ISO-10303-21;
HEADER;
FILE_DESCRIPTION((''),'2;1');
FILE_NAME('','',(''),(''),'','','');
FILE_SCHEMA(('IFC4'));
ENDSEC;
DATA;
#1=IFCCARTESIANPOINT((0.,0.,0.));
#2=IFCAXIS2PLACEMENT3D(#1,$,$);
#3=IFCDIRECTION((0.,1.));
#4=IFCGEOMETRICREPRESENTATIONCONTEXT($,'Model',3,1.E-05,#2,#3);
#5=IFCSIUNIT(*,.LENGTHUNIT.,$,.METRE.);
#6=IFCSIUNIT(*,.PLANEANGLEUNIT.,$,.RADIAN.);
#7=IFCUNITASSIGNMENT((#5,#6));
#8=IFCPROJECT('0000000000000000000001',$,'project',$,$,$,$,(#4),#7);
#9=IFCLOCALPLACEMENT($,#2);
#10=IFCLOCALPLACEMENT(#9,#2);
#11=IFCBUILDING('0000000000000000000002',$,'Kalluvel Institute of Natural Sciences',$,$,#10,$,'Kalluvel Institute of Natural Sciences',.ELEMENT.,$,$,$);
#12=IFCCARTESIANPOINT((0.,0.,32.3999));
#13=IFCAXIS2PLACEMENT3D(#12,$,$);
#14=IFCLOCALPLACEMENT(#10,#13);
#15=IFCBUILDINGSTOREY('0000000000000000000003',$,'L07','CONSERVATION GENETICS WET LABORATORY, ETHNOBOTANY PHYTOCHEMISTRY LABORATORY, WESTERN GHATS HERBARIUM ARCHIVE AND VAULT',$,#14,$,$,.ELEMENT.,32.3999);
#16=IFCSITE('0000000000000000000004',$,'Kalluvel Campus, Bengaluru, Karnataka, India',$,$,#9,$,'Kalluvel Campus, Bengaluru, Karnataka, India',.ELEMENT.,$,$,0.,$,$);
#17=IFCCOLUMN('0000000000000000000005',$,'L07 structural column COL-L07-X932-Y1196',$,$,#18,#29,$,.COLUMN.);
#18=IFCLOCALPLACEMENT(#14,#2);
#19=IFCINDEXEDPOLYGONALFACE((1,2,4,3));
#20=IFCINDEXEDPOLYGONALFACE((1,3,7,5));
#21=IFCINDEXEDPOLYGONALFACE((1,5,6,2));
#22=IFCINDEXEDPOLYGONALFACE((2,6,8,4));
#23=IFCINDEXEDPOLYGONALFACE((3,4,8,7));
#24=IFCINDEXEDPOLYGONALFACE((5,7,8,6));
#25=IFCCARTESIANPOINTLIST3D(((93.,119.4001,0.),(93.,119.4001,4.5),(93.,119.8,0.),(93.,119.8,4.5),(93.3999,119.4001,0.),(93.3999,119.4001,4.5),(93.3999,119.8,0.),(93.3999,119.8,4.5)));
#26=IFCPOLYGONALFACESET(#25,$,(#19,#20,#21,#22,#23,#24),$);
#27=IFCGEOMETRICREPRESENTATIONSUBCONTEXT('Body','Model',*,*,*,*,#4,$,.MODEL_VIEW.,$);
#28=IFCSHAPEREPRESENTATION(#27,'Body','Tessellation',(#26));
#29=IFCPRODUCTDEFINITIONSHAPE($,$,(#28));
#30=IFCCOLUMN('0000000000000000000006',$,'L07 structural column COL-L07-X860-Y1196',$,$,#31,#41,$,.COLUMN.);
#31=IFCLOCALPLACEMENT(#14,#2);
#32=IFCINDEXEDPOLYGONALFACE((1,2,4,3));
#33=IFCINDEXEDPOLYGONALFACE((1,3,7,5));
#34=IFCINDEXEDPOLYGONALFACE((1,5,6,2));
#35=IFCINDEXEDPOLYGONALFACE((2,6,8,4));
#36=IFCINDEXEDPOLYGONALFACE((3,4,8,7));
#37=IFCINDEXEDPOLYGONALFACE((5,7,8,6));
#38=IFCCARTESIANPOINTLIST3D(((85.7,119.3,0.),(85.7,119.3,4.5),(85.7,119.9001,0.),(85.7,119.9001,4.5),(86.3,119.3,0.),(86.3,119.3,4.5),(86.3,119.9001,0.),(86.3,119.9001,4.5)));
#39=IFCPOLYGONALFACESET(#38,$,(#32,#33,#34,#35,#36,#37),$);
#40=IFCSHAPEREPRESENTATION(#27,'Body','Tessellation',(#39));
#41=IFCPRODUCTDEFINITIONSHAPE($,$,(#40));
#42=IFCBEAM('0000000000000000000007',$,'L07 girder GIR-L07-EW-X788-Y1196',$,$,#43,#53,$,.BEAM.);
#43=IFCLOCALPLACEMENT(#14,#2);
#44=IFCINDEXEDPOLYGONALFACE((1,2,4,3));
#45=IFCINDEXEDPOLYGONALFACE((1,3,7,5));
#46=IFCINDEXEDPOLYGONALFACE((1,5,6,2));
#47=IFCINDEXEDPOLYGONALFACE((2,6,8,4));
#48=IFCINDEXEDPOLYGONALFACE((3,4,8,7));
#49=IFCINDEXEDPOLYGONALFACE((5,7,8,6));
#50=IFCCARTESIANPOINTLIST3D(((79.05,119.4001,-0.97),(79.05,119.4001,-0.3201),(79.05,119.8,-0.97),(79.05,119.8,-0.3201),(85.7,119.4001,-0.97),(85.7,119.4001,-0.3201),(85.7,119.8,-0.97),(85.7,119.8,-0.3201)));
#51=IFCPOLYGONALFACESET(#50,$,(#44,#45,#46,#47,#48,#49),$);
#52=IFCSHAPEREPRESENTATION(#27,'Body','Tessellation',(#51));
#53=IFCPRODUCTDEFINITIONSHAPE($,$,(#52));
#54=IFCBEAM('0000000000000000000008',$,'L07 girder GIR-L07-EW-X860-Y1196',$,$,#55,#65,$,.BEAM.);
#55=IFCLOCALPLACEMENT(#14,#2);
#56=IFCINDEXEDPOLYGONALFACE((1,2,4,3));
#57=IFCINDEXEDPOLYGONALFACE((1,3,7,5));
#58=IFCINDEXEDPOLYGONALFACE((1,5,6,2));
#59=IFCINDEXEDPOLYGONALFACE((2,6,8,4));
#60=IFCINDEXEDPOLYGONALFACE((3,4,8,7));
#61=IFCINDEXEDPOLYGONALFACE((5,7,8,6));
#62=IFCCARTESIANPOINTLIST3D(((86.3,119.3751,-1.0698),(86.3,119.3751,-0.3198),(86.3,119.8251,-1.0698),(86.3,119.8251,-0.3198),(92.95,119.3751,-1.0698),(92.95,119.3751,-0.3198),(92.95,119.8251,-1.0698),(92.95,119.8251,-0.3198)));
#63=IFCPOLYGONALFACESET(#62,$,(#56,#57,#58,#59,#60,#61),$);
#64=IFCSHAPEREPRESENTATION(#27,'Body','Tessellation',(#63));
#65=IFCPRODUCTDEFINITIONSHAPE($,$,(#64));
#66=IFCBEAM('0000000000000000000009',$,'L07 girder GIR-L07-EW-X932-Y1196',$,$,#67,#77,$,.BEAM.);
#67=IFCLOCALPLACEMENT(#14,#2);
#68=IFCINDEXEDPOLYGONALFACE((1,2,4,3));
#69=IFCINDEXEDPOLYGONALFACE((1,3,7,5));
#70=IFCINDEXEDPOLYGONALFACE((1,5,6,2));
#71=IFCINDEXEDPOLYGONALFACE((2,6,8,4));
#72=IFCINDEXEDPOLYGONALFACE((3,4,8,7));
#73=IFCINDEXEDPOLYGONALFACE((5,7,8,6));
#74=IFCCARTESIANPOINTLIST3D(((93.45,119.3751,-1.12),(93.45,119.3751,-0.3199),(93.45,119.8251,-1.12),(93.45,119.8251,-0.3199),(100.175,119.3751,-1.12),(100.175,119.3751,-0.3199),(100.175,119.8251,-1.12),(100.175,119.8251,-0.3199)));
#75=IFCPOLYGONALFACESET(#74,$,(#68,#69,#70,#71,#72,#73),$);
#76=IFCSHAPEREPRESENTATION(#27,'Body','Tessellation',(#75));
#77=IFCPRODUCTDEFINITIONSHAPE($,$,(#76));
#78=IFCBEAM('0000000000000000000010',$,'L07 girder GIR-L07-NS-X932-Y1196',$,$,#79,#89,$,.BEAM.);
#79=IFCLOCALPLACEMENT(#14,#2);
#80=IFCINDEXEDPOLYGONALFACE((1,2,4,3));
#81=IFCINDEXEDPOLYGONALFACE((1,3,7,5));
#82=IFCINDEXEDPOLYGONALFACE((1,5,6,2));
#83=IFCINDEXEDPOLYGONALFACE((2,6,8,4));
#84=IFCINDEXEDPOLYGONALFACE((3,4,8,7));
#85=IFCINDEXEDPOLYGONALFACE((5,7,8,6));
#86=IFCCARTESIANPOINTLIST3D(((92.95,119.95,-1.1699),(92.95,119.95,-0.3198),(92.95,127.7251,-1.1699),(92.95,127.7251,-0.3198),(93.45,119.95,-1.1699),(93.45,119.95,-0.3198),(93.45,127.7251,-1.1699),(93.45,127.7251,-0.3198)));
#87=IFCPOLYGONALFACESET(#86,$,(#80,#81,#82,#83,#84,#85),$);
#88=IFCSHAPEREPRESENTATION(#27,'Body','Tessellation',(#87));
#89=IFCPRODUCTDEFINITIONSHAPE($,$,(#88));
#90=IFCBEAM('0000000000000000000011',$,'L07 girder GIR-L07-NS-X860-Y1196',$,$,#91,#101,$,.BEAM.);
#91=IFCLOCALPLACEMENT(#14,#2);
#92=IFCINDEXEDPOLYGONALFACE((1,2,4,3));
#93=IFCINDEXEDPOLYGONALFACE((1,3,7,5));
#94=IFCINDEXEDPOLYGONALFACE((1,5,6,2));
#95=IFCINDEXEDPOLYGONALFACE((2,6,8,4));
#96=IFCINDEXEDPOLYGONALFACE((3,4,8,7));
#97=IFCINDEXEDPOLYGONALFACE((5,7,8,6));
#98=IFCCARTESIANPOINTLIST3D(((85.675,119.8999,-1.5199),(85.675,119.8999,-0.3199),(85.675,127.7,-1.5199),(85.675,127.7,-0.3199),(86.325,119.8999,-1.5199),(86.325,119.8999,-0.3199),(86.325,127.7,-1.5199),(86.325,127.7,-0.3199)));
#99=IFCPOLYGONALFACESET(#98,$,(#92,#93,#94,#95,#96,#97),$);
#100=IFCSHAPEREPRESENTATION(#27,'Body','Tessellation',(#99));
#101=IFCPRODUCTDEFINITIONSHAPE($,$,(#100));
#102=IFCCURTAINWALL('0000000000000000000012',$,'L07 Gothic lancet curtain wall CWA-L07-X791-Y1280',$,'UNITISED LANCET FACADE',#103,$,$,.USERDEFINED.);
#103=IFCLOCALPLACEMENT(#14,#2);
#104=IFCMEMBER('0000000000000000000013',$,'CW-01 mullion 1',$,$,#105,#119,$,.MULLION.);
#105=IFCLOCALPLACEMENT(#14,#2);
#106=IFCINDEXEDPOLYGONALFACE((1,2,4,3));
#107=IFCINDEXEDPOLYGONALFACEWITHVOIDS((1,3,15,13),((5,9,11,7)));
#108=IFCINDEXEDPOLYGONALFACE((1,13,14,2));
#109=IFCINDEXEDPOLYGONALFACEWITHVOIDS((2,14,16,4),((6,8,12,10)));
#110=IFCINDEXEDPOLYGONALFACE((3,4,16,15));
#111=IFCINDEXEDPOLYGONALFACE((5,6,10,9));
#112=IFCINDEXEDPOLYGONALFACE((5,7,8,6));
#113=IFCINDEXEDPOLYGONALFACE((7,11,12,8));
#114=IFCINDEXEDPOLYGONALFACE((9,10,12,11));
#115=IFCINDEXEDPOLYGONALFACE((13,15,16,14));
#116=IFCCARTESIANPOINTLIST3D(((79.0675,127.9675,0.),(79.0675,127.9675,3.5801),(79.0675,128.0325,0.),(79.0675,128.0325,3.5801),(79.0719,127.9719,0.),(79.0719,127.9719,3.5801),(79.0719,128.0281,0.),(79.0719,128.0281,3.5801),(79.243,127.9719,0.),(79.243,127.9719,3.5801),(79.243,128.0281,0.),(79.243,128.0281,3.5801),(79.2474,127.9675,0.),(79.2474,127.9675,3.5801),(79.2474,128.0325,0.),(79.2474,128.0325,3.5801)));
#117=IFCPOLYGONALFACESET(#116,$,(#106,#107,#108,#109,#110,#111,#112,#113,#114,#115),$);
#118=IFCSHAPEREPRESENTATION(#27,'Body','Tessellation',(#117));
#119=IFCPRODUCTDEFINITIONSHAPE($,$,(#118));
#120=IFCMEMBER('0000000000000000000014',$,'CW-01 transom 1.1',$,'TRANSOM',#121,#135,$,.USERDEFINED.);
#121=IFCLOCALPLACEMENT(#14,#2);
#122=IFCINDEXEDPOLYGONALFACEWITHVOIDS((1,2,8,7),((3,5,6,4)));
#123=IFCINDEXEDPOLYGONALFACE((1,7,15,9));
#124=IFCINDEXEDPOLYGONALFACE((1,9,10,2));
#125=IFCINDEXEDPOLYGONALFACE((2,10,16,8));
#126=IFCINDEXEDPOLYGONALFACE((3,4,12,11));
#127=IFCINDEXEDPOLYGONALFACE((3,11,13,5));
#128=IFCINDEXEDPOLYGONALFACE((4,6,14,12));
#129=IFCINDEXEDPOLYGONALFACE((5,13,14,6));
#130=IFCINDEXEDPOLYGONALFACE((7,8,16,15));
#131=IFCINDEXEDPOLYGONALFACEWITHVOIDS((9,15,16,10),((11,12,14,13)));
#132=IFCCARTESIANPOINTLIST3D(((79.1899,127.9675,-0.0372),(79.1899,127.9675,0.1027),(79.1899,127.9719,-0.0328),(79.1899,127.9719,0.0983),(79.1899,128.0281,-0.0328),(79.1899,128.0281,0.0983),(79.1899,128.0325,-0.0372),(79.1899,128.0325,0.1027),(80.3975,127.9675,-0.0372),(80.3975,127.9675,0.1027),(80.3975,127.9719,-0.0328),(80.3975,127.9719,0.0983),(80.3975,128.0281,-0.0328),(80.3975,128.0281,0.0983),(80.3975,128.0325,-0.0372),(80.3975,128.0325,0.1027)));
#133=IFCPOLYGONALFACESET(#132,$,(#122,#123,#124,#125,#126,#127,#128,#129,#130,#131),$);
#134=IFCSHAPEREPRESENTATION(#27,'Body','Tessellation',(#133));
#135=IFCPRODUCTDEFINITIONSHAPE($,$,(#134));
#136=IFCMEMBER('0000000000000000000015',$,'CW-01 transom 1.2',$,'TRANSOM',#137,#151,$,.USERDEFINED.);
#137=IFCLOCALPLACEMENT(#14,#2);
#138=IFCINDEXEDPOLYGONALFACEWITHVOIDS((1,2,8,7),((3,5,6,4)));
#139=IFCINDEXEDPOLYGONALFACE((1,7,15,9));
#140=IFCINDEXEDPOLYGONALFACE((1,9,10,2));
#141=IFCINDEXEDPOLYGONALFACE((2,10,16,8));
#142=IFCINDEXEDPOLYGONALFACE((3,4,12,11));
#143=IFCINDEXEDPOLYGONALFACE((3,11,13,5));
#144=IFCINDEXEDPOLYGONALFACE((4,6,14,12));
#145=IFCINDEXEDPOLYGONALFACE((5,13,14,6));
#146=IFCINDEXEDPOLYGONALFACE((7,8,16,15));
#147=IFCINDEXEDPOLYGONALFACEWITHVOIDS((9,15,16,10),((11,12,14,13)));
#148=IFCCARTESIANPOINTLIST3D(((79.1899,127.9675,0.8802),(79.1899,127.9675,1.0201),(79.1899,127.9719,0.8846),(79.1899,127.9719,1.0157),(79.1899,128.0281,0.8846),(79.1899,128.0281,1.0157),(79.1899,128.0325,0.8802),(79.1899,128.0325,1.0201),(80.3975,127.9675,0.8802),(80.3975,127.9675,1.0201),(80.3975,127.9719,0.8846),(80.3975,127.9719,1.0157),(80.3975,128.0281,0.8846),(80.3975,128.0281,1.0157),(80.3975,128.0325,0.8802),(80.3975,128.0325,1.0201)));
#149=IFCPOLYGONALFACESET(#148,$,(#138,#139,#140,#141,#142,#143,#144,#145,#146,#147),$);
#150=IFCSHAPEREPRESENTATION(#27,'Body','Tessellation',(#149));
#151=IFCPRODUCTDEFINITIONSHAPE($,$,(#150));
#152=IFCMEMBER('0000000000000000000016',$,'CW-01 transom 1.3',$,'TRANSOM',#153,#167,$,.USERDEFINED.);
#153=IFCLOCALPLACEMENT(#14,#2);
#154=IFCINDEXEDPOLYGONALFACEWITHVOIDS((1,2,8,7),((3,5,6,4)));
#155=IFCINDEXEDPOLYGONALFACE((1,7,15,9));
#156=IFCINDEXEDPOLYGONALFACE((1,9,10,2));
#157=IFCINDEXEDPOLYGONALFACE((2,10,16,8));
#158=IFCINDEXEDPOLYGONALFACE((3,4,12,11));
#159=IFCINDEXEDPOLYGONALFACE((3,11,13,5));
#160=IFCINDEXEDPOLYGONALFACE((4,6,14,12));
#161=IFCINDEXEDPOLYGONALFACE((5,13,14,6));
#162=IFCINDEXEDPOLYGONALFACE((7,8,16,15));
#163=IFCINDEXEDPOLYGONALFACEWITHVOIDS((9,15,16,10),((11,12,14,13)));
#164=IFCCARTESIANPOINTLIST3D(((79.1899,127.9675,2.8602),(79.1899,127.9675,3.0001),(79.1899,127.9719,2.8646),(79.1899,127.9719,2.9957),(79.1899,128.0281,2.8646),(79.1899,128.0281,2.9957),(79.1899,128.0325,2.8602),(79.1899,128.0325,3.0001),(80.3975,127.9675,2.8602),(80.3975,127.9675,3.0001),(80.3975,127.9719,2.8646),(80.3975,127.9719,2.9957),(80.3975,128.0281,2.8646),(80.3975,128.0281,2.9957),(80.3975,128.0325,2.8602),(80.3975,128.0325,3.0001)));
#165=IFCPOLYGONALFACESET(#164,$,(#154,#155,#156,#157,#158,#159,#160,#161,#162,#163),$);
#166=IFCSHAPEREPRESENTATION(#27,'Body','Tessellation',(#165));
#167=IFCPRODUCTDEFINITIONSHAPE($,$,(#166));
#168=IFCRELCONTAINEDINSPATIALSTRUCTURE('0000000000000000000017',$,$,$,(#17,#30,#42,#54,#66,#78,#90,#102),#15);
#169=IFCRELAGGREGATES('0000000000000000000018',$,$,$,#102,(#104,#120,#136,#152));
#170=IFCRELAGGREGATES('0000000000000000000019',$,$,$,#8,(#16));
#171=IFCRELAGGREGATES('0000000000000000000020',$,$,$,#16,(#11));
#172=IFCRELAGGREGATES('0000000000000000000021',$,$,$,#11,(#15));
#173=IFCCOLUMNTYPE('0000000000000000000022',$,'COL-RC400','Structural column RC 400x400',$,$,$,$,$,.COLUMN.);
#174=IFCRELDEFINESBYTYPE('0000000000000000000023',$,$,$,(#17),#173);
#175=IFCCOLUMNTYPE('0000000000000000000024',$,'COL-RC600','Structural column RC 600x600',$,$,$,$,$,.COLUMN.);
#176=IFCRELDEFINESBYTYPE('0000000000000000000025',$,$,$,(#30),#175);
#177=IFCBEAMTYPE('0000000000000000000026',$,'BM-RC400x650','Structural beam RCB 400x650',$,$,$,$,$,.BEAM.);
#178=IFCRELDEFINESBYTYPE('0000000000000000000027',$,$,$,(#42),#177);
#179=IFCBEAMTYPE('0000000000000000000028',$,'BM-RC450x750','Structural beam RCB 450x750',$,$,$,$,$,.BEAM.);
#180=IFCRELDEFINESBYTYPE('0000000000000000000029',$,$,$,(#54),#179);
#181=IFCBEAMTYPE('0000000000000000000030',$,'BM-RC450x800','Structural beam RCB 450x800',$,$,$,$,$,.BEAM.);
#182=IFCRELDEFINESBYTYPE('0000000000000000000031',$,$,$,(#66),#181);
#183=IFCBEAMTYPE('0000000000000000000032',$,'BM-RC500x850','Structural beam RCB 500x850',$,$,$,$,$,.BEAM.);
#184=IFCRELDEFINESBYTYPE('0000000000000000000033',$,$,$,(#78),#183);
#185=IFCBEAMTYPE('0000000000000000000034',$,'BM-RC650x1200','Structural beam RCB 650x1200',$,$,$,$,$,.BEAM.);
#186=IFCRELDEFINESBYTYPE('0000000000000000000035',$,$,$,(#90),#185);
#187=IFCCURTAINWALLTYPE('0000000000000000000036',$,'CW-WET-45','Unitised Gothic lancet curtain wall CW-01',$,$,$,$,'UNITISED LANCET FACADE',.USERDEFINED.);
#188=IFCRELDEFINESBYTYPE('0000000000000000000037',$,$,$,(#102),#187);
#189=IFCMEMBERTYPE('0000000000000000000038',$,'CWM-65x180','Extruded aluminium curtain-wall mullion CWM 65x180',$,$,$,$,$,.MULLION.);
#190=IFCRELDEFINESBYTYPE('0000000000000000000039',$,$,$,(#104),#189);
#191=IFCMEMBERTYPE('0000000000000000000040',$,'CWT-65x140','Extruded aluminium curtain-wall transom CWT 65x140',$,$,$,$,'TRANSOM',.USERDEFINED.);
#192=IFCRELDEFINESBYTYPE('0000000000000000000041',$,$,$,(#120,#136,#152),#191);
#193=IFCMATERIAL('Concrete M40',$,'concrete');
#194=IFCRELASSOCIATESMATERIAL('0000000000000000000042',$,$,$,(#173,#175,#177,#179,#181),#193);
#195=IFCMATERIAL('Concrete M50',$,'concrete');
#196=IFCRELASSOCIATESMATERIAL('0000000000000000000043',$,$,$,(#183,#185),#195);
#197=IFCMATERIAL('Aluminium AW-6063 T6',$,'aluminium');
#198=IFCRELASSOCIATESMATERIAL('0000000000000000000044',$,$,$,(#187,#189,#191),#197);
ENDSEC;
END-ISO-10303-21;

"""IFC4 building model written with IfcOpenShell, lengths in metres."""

from ifc_helpers import new_model, si_unit, direction, frame, origin, origin_2d, place, context, subcontext, project, spatial, rectangle, hollow_rectangle, extrude, material, material_profile, profile_set, type_object, element, aggregate, save


model = new_model("IFC4")

# Units and contexts
model_context = context("Model", 3, precision=1e-05, world=origin(), true_north=direction((0.0, 1.0)))
body_context = subcontext(model_context, "Body", "Model", "MODEL_VIEW")
ifc_project = project(units=[si_unit("LENGTHUNIT", "METRE"), si_unit("PLANEANGLEUNIT", "RADIAN")], contexts=[model_context])

# Site, building, storey
site_placement = place(None, origin())
site = spatial("IfcSite", under=ifc_project, at=site_placement, Name="Kalluvel Campus, Bengaluru, Karnataka, India", LongName="Kalluvel Campus, Bengaluru, Karnataka, India", CompositionType="ELEMENT", RefElevation=0.0)
building_placement = place(site_placement, origin())
building = spatial("IfcBuilding", under=site, at=building_placement, Name="Kalluvel Institute of Natural Sciences", LongName="Kalluvel Institute of Natural Sciences", CompositionType="ELEMENT")
storey_placement = place(building_placement, frame((0.0, 0.0, 32.3999)))
storey = spatial("IfcBuildingStorey", under=building, at=storey_placement, Name="L07", Description="CONSERVATION GENETICS WET LABORATORY, ETHNOBOTANY PHYTOCHEMISTRY LABORATORY, WESTERN GHATS HERBARIUM ARCHIVE AND VAULT", CompositionType="ELEMENT", Elevation=32.3999)

# Columns
ifc_material_1 = material(Name="Concrete M40", Category="concrete")
ifc_material_profile_1 = material_profile(ifc_material_1, rectangle(XDim=0.3999, YDim=0.3999, at=origin_2d()), Name="RC 400x400")
ifc_profile_set_1 = profile_set([ifc_material_profile_1], Name="Concrete M40")
column_type_1 = type_object("IfcColumnType", Name="COL-RC400", Description="Structural column RC 400x400", PredefinedType="COLUMN", material=ifc_profile_set_1)
column_1_placement = place(storey_placement, frame((93.2, 119.6001, 0.0), z_axis=(0.0, 0.0, 1.0), x_axis=(1.0, 0.0, 0.0)))
element("IfcColumn", 1, at=column_1_placement, inside=storey, type_object=column_type_1, Name="L07 structural column COL-L07-X932-Y1196", PredefinedType="COLUMN", context=body_context, shape_type="SweptSolid", body=[
    extrude(rectangle(XDim=0.3999, YDim=0.3999, at=origin_2d()), origin(), (0.0, 0.0, 1.0), 4.5),
])
ifc_material_profile_2 = material_profile(ifc_material_1, rectangle(XDim=0.6001, YDim=0.6001, at=origin_2d()), Name="RC 600x600")
ifc_profile_set_2 = profile_set([ifc_material_profile_2], Name="Concrete M40")
column_type_2 = type_object("IfcColumnType", Name="COL-RC600", Description="Structural column RC 600x600", PredefinedType="COLUMN", material=ifc_profile_set_2)
column_2_placement = place(storey_placement, frame((86.0, 119.6001, 0.0), z_axis=(0.0, 0.0, 1.0), x_axis=(1.0, 0.0, 0.0)))
element("IfcColumn", 2, at=column_2_placement, inside=storey, type_object=column_type_2, Name="L07 structural column COL-L07-X860-Y1196", PredefinedType="COLUMN", context=body_context, shape_type="SweptSolid", body=[
    extrude(rectangle(XDim=0.6001, YDim=0.6001, at=origin_2d()), origin(), (0.0, 0.0, 1.0), 4.5),
])

# Beams
ifc_material_profile_3 = material_profile(ifc_material_1, rectangle(XDim=0.3999, YDim=0.6499, at=origin_2d()), Name="RCB 400x650")
ifc_profile_set_3 = profile_set([ifc_material_profile_3], Name="Concrete M40")
beam_type_1 = type_object("IfcBeamType", Name="BM-RC400x650", Description="Structural beam RCB 400x650", PredefinedType="BEAM", material=ifc_profile_set_3)
beam_1_placement = place(storey_placement, frame((79.05, 119.6001, -0.645), z_axis=(1.0, 0.0, 0.0), x_axis=(0.0, 1.0, 0.0)))
element("IfcBeam", 3, at=beam_1_placement, inside=storey, type_object=beam_type_1, Name="L07 girder GIR-L07-EW-X788-Y1196", PredefinedType="BEAM", context=body_context, shape_type="SweptSolid", body=[
    extrude(rectangle(XDim=0.3999, YDim=0.6499, at=origin_2d()), origin(), (0.0, 0.0, 1.0), 6.6499),
])
ifc_material_profile_4 = material_profile(ifc_material_1, rectangle(XDim=0.45, YDim=0.75, at=origin_2d()), Name="RCB 450x750")
ifc_profile_set_4 = profile_set([ifc_material_profile_4], Name="Concrete M40")
beam_type_2 = type_object("IfcBeamType", Name="BM-RC450x750", Description="Structural beam RCB 450x750", PredefinedType="BEAM", material=ifc_profile_set_4)
beam_2_placement = place(storey_placement, frame((86.3, 119.6001, -0.6948), z_axis=(1.0, 0.0, 0.0), x_axis=(0.0, 1.0, 0.0)))
element("IfcBeam", 4, at=beam_2_placement, inside=storey, type_object=beam_type_2, Name="L07 girder GIR-L07-EW-X860-Y1196", PredefinedType="BEAM", context=body_context, shape_type="SweptSolid", body=[
    extrude(rectangle(XDim=0.45, YDim=0.75, at=origin_2d()), origin(), (0.0, 0.0, 1.0), 6.6499),
])
ifc_material_profile_5 = material_profile(ifc_material_1, rectangle(XDim=0.45, YDim=0.8, at=origin_2d()), Name="RCB 450x800")
ifc_profile_set_5 = profile_set([ifc_material_profile_5], Name="Concrete M40")
beam_type_3 = type_object("IfcBeamType", Name="BM-RC450x800", Description="Structural beam RCB 450x800", PredefinedType="BEAM", material=ifc_profile_set_5)
beam_3_placement = place(storey_placement, frame((93.45, 119.6001, -0.72), z_axis=(1.0, 0.0, 0.0), x_axis=(0.0, 1.0, 0.0)))
element("IfcBeam", 5, at=beam_3_placement, inside=storey, type_object=beam_type_3, Name="L07 girder GIR-L07-EW-X932-Y1196", PredefinedType="BEAM", context=body_context, shape_type="SweptSolid", body=[
    extrude(rectangle(XDim=0.45, YDim=0.8, at=origin_2d()), origin(), (0.0, 0.0, 1.0), 6.7251),
])
ifc_material_2 = material(Name="Concrete M50", Category="concrete")
ifc_material_profile_6 = material_profile(ifc_material_2, rectangle(XDim=0.5, YDim=0.8501, at=origin_2d()), Name="RCB 500x850")
ifc_profile_set_6 = profile_set([ifc_material_profile_6], Name="Concrete M50")
beam_type_4 = type_object("IfcBeamType", Name="BM-RC500x850", Description="Structural beam RCB 500x850", PredefinedType="BEAM", material=ifc_profile_set_6)
beam_4_placement = place(storey_placement, frame((93.2, 119.95, -0.7449), z_axis=(0.0, 1.0, 0.0), x_axis=(-1.0, 0.0, 0.0)))
element("IfcBeam", 6, at=beam_4_placement, inside=storey, type_object=beam_type_4, Name="L07 girder GIR-L07-NS-X932-Y1196", PredefinedType="BEAM", context=body_context, shape_type="SweptSolid", body=[
    extrude(rectangle(XDim=0.5, YDim=0.8501, at=origin_2d()), origin(), (0.0, 0.0, 1.0), 7.7751),
])
ifc_material_profile_7 = material_profile(ifc_material_2, rectangle(XDim=0.6499, YDim=1.2, at=origin_2d()), Name="RCB 650x1200")
ifc_profile_set_7 = profile_set([ifc_material_profile_7], Name="Concrete M50")
beam_type_5 = type_object("IfcBeamType", Name="BM-RC650x1200", Description="Structural beam RCB 650x1200", PredefinedType="BEAM", material=ifc_profile_set_7)
beam_5_placement = place(storey_placement, frame((86.0, 119.8999, -0.9199), z_axis=(0.0, 1.0, 0.0), x_axis=(-1.0, 0.0, 0.0)))
element("IfcBeam", 7, at=beam_5_placement, inside=storey, type_object=beam_type_5, Name="L07 girder GIR-L07-NS-X860-Y1196", PredefinedType="BEAM", context=body_context, shape_type="SweptSolid", body=[
    extrude(rectangle(XDim=0.6499, YDim=1.2, at=origin_2d()), origin(), (0.0, 0.0, 1.0), 7.8),
])

# Curtain wall, members
ifc_material_3 = material(Name="Aluminium AW-6063 T6", Category="aluminium")
curtain_wall_type = type_object("IfcCurtainWallType", Name="CW-WET-45", Description="Unitised Gothic lancet curtain wall CW-01", ElementType="UNITISED LANCET FACADE", PredefinedType="USERDEFINED", material=ifc_material_3)
curtain_wall_placement = place(storey_placement, origin())
curtain_wall = element("IfcCurtainWall", 8, at=curtain_wall_placement, inside=storey, type_object=curtain_wall_type, Name="L07 Gothic lancet curtain wall CWA-L07-X791-Y1280", ObjectType="UNITISED LANCET FACADE", PredefinedType="USERDEFINED")
ifc_material_profile_8 = material_profile(ifc_material_3, hollow_rectangle(XDim=0.0649, YDim=0.1799, WallThickness=0.0044, at=origin_2d()), Name="CWM 65x180")
ifc_profile_set_8 = profile_set([ifc_material_profile_8], Name="Aluminium AW-6063 T6")
member_type_1 = type_object("IfcMemberType", Name="CWM-65x180", Description="Extruded aluminium curtain-wall mullion CWM 65x180", PredefinedType="MULLION", material=ifc_profile_set_8)
member_1_placement = place(storey_placement, frame((79.1575, 128.0, 0.0), z_axis=(0.0, 0.0, 1.0), x_axis=(0.0, 1.0, 0.0)))
member_1 = element("IfcMember", 9, at=member_1_placement, type_object=member_type_1, Name="CW-01 mullion 1", PredefinedType="MULLION", context=body_context, shape_type="SweptSolid", body=[
    extrude(hollow_rectangle(XDim=0.0649, YDim=0.1799, WallThickness=0.0044, at=origin_2d()), origin(), (0.0, 0.0, 1.0), 3.5801),
])
ifc_material_profile_9 = material_profile(ifc_material_3, hollow_rectangle(XDim=0.0649, YDim=0.1399, WallThickness=0.0044, at=origin_2d()), Name="CWT 65x140")
ifc_profile_set_9 = profile_set([ifc_material_profile_9], Name="Aluminium AW-6063 T6")
member_type_2 = type_object("IfcMemberType", Name="CWT-65x140", Description="Extruded aluminium curtain-wall transom CWT 65x140", ElementType="TRANSOM", PredefinedType="USERDEFINED", material=ifc_profile_set_9)
member_2_placement = place(storey_placement, frame((79.1899, 128.0, 0.0327), z_axis=(1.0, 0.0, 0.0), x_axis=(0.0, 1.0, 0.0)))
member_2 = element("IfcMember", 10, at=member_2_placement, type_object=member_type_2, Name="CW-01 transom 1.1", ObjectType="TRANSOM", PredefinedType="USERDEFINED", context=body_context, shape_type="SweptSolid", body=[
    extrude(hollow_rectangle(XDim=0.0649, YDim=0.1399, WallThickness=0.0044, at=origin_2d()), origin(), (0.0, 0.0, 1.0), 1.2075),
])
member_3_placement = place(storey_placement, frame((79.1899, 128.0, 0.9502), z_axis=(1.0, 0.0, 0.0), x_axis=(0.0, 1.0, 0.0)))
member_3 = element("IfcMember", 11, at=member_3_placement, type_object=member_type_2, Name="CW-01 transom 1.2", ObjectType="TRANSOM", PredefinedType="USERDEFINED", context=body_context, shape_type="SweptSolid", body=[
    extrude(hollow_rectangle(XDim=0.0649, YDim=0.1399, WallThickness=0.0044, at=origin_2d()), origin(), (0.0, 0.0, 1.0), 1.2075),
])
member_4_placement = place(storey_placement, frame((79.1899, 128.0, 2.9302), z_axis=(1.0, 0.0, 0.0), x_axis=(0.0, 1.0, 0.0)))
member_4 = element("IfcMember", 12, at=member_4_placement, type_object=member_type_2, Name="CW-01 transom 1.3", ObjectType="TRANSOM", PredefinedType="USERDEFINED", context=body_context, shape_type="SweptSolid", body=[
    extrude(hollow_rectangle(XDim=0.0649, YDim=0.1399, WallThickness=0.0044, at=origin_2d()), origin(), (0.0, 0.0, 1.0), 1.2075),
])
aggregate(curtain_wall, [member_1, member_2, member_3, member_4])

save(model, "model.ifc")
